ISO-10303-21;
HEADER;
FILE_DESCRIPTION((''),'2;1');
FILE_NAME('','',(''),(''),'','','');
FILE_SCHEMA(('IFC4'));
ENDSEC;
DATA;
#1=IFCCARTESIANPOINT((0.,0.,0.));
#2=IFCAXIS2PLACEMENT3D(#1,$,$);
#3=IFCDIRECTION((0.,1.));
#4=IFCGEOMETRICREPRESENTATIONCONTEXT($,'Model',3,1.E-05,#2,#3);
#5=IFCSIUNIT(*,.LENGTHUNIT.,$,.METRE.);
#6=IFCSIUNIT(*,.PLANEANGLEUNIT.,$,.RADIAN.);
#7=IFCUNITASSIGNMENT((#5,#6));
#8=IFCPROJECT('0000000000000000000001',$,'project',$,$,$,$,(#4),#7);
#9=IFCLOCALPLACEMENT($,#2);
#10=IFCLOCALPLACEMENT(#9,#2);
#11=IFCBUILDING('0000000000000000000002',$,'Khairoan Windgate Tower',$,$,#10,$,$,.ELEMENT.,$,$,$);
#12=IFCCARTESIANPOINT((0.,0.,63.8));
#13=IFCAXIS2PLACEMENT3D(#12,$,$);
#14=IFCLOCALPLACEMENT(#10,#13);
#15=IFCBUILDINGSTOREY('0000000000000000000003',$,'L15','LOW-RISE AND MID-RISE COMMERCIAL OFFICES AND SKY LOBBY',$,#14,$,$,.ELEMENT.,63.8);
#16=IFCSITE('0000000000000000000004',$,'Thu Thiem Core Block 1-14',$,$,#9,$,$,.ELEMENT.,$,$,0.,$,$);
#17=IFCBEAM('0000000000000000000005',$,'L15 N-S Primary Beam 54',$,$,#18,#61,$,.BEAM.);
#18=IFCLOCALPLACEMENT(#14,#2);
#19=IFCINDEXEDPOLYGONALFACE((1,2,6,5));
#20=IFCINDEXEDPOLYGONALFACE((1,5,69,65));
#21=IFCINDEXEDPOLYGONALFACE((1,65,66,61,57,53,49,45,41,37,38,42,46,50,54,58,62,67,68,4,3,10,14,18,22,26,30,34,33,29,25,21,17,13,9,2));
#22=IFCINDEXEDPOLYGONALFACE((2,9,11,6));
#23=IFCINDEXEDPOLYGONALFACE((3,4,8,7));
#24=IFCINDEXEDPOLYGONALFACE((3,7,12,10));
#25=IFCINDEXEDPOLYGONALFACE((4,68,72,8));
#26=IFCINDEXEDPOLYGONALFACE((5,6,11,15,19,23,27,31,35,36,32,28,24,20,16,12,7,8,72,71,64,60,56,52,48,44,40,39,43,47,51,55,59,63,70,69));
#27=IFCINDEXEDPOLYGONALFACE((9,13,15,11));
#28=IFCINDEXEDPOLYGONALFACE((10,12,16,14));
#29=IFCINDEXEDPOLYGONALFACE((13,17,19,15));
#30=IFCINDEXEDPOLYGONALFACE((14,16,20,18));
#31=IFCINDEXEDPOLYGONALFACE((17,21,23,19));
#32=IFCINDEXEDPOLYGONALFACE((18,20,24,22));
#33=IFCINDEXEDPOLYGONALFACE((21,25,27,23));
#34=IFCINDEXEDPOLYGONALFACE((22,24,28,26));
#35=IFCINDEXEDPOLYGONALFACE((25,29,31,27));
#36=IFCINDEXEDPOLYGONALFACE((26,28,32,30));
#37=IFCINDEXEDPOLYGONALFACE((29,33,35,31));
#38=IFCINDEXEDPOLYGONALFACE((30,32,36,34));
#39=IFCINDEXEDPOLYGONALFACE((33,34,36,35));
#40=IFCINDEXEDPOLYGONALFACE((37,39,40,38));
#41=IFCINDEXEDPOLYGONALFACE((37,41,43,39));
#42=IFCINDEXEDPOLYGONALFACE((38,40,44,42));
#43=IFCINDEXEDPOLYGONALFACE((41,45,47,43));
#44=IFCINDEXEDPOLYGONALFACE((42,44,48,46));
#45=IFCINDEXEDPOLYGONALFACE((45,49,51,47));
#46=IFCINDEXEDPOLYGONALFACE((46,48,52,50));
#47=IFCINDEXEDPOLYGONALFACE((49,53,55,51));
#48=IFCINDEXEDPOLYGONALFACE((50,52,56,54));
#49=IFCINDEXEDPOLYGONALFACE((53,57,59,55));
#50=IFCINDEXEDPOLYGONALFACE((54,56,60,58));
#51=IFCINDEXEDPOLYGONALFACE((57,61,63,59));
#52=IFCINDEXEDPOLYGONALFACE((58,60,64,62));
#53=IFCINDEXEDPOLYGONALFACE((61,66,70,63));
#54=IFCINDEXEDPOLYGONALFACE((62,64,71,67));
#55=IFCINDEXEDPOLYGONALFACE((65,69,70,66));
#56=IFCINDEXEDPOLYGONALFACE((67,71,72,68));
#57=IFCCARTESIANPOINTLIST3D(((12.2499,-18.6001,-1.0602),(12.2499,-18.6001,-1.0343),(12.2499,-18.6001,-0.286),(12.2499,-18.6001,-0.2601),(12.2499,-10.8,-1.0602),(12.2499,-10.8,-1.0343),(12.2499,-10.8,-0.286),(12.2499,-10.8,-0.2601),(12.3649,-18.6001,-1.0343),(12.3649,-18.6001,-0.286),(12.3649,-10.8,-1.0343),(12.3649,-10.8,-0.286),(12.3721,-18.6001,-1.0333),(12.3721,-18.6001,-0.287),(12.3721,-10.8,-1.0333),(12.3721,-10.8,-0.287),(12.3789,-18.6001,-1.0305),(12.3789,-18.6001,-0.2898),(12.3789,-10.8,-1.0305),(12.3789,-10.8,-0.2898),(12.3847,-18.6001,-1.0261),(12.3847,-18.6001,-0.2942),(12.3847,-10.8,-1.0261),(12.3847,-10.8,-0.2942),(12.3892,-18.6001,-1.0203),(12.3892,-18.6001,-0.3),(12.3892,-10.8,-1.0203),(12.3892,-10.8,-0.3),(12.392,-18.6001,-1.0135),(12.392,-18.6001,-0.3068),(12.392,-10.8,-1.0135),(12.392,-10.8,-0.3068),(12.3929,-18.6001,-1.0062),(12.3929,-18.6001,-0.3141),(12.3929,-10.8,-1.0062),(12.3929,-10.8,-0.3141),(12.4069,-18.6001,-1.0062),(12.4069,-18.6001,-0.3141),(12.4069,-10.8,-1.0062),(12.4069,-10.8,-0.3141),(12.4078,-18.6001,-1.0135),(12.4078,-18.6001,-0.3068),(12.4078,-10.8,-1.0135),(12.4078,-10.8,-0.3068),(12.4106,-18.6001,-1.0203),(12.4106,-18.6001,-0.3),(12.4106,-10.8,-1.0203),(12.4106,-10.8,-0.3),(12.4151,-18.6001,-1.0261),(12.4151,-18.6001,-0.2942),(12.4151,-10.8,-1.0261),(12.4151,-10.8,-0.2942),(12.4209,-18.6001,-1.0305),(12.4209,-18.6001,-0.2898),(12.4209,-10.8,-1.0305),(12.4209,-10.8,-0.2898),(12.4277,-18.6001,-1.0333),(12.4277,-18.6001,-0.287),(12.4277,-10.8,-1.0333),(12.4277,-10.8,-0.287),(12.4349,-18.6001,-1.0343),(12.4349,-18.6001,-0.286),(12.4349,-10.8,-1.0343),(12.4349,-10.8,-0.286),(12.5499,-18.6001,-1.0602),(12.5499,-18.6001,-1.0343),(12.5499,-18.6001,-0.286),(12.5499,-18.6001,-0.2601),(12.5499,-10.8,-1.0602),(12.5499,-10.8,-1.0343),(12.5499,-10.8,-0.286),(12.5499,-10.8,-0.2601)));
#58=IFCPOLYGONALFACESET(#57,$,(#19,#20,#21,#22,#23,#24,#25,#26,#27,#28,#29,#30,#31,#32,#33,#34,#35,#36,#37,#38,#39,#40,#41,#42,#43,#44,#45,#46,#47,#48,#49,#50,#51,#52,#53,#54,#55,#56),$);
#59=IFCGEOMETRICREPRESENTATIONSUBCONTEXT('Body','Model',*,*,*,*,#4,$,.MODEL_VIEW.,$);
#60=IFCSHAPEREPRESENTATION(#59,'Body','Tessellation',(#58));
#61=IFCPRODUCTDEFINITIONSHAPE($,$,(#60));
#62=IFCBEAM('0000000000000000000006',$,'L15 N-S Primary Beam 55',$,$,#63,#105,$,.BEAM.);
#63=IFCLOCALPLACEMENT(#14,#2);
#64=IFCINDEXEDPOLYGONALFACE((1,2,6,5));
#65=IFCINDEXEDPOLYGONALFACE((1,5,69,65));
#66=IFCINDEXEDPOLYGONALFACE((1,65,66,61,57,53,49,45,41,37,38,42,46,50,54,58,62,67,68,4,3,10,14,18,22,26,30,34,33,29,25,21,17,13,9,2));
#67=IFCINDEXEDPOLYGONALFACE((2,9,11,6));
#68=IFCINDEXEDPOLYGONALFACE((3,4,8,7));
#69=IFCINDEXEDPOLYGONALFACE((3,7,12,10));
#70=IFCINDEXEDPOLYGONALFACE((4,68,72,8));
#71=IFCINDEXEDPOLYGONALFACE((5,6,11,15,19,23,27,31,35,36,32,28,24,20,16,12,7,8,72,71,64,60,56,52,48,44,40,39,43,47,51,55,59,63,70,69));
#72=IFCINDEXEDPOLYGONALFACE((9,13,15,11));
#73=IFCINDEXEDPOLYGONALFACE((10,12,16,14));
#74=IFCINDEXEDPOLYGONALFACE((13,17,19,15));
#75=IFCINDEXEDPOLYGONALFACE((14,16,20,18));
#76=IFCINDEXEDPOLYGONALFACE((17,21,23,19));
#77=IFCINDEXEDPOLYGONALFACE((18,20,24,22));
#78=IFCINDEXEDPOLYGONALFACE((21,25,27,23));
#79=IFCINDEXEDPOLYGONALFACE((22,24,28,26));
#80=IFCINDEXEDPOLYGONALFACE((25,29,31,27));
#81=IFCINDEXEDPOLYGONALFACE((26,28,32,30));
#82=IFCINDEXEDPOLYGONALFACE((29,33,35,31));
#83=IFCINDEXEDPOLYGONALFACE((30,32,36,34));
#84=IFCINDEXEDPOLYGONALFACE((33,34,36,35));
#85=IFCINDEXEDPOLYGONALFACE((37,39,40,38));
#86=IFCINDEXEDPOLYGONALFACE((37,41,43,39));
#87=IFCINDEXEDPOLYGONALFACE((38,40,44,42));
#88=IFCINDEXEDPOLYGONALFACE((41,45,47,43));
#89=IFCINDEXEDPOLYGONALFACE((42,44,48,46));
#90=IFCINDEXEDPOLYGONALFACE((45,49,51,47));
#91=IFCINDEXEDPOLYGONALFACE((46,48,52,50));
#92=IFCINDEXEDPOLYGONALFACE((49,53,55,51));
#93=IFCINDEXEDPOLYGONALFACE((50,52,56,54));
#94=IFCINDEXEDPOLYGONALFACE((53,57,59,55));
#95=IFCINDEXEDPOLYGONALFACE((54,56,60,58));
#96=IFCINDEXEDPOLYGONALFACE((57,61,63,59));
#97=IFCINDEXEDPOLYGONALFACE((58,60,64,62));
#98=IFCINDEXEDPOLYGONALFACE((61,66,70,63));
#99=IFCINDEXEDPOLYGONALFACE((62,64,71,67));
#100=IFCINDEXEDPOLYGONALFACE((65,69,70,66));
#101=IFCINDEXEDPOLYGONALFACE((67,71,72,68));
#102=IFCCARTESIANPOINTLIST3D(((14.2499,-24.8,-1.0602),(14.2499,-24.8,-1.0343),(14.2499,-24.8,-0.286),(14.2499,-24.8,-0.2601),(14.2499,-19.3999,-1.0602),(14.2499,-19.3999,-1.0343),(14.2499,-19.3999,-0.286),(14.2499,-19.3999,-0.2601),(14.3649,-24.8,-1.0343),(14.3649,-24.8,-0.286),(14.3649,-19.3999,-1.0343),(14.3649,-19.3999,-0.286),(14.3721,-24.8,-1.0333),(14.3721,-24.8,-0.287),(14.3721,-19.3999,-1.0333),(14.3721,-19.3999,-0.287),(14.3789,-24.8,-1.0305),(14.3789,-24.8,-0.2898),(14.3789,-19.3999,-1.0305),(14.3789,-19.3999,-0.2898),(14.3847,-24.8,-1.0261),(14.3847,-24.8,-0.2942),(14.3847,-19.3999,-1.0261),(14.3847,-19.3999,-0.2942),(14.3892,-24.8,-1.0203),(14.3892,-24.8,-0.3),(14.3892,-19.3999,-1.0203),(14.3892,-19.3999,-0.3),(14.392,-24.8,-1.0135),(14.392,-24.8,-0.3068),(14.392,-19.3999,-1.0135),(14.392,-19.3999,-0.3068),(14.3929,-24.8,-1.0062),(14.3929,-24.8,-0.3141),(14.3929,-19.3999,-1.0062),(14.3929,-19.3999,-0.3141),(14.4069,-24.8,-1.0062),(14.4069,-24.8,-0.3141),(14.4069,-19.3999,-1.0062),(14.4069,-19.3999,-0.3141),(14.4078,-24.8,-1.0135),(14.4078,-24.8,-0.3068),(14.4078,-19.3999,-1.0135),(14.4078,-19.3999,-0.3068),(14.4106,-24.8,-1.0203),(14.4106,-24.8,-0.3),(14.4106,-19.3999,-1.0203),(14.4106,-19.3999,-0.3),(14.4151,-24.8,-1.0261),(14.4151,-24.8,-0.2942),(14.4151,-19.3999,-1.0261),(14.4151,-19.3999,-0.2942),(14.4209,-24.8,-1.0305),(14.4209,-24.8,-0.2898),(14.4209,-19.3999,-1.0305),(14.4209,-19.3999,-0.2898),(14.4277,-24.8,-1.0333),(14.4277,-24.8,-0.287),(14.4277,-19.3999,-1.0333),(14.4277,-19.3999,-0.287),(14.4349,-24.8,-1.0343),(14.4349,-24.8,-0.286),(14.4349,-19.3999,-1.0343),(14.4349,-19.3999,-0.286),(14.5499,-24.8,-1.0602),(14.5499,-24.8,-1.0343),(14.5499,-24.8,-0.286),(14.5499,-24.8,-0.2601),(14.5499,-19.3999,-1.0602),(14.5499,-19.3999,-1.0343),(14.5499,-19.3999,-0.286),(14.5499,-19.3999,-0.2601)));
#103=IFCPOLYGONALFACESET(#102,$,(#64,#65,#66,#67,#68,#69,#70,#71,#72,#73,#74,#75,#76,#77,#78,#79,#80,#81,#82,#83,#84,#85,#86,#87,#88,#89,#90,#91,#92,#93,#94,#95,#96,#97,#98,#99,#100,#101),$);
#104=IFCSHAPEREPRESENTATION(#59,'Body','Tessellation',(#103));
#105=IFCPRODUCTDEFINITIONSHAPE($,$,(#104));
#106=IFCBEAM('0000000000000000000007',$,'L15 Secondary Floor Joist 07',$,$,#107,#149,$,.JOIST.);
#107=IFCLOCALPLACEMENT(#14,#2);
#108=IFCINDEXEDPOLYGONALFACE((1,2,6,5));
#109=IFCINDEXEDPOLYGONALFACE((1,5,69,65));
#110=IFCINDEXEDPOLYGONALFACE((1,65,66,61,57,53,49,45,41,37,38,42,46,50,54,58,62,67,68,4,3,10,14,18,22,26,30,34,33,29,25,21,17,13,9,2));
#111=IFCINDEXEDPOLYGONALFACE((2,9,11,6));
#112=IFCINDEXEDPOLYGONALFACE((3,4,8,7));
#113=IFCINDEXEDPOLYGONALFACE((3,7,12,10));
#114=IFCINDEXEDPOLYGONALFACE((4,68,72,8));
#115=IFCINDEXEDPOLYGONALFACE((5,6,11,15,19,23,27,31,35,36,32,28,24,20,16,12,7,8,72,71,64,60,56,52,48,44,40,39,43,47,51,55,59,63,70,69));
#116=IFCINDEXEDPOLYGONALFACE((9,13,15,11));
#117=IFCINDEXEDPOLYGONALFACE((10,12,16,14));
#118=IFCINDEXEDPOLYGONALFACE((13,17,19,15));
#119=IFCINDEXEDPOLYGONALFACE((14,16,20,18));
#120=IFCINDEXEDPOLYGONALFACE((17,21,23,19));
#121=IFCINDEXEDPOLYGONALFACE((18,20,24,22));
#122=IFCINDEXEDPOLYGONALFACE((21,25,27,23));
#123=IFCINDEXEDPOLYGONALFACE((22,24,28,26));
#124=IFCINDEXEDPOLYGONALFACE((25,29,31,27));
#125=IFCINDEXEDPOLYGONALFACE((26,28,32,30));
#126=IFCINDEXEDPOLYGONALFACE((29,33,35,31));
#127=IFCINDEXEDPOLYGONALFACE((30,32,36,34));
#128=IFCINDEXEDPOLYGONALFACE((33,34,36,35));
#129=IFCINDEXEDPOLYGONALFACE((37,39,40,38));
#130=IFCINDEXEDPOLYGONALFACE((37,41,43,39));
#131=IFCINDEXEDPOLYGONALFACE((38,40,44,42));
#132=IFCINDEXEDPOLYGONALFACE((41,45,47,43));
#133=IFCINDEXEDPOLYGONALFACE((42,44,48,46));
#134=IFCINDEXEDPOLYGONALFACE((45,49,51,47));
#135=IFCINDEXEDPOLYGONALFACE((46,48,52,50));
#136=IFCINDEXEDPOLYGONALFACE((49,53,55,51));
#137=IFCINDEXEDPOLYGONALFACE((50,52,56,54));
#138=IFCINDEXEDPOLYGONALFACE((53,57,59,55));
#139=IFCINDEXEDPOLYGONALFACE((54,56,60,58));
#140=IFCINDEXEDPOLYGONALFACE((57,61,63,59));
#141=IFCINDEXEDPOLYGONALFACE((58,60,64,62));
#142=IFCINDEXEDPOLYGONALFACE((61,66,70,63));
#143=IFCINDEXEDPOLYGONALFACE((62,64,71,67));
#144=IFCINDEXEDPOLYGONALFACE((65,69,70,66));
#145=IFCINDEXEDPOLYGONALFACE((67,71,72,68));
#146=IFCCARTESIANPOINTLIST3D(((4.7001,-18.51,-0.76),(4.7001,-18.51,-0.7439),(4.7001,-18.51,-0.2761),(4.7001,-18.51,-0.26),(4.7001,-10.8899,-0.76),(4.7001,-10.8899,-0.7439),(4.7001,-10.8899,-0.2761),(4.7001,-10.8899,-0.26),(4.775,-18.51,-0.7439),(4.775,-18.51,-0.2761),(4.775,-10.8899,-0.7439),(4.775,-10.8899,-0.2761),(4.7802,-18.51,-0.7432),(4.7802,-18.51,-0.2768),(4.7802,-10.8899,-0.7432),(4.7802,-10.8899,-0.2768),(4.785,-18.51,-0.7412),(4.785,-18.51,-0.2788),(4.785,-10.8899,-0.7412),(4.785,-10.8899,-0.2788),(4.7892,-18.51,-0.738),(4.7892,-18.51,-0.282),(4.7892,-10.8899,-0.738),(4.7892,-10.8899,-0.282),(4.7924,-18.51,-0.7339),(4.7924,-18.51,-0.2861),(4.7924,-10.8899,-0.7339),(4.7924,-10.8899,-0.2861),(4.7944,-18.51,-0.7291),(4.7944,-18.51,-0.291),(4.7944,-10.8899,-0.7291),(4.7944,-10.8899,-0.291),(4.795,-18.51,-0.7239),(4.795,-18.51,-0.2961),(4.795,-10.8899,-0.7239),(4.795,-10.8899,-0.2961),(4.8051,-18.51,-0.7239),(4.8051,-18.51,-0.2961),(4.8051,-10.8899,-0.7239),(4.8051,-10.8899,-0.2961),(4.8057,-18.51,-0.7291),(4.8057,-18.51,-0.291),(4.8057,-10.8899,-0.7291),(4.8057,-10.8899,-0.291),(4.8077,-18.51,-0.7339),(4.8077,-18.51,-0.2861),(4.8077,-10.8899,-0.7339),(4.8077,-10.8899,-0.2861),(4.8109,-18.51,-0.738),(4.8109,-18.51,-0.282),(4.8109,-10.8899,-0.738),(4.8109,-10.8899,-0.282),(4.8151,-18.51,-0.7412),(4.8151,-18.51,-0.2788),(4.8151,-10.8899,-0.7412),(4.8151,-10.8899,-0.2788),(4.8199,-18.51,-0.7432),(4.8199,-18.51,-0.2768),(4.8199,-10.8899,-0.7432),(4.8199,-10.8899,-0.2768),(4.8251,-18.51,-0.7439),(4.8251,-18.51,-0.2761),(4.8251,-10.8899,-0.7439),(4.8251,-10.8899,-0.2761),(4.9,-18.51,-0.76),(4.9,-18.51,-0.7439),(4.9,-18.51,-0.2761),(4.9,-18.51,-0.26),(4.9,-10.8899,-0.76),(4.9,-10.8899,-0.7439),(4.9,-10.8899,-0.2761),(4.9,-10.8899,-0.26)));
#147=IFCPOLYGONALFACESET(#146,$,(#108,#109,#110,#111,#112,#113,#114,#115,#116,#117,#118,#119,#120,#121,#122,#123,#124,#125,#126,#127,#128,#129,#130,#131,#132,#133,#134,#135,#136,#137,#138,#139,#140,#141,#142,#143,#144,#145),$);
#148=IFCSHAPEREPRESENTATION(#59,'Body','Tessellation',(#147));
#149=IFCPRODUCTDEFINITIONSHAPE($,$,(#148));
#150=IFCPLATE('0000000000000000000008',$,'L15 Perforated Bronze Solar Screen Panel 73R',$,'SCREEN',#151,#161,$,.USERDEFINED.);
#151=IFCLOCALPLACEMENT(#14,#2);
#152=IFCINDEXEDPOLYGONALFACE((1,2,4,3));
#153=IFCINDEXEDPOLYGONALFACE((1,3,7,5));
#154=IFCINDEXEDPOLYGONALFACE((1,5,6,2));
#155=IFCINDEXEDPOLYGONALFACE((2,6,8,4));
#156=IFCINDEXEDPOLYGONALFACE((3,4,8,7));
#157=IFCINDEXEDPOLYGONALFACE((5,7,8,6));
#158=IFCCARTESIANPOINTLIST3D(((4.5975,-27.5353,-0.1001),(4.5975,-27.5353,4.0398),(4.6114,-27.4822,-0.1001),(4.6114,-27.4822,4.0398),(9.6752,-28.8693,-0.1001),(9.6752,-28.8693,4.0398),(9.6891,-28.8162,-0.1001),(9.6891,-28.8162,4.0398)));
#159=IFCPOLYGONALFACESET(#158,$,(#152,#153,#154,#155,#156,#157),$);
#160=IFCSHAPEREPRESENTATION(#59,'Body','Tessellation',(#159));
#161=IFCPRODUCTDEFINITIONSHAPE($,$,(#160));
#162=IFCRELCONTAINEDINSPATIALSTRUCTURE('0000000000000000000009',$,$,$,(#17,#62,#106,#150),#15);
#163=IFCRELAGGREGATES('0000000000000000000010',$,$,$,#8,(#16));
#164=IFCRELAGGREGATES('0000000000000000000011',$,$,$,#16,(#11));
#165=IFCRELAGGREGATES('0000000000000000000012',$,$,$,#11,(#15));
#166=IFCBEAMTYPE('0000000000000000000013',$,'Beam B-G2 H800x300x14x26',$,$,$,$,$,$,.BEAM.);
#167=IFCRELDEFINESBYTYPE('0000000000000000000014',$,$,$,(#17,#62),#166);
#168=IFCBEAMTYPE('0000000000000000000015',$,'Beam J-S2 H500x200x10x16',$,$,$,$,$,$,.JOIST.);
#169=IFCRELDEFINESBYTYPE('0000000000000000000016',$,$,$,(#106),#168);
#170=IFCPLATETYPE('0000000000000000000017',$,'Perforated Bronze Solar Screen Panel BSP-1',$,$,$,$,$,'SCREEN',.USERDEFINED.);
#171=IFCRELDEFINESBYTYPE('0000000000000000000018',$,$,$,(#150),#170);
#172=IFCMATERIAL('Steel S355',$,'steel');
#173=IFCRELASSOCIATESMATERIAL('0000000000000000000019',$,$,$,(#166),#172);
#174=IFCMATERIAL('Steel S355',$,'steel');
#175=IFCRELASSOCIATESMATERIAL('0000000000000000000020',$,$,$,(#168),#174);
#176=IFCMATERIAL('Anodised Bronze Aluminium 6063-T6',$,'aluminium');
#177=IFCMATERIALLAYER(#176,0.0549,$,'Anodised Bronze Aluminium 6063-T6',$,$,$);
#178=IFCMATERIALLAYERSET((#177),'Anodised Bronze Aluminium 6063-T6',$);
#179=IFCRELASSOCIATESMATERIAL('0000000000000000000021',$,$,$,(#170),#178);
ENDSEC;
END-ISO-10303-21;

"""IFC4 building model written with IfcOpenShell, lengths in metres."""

from ifc_helpers import new_model, si_unit, direction, frame, origin, origin_2d, place, context, subcontext, project, spatial, rectangle, i_section, extrude, material, layer, layer_set, material_profile, profile_set, type_object, element, save


model = new_model("IFC4")

# Units and contexts
model_context = context("Model", 3, precision=1e-05, world=origin(), true_north=direction((0.0, 1.0)))
body_context = subcontext(model_context, "Body", "Model", "MODEL_VIEW")
ifc_project = project(units=[si_unit("LENGTHUNIT", "METRE"), si_unit("PLANEANGLEUNIT", "RADIAN")], contexts=[model_context])

# Site, building, storey
site_placement = place(None, origin())
site = spatial("IfcSite", under=ifc_project, at=site_placement, Name="Thu Thiem Core Block 1-14", CompositionType="ELEMENT", RefElevation=0.0)
building_placement = place(site_placement, origin())
building = spatial("IfcBuilding", under=site, at=building_placement, Name="Khairoan Windgate Tower", CompositionType="ELEMENT")
storey_placement = place(building_placement, frame((0.0, 0.0, 63.8)))
storey = spatial("IfcBuildingStorey", under=building, at=storey_placement, Name="L15", Description="LOW-RISE AND MID-RISE COMMERCIAL OFFICES AND SKY LOBBY", CompositionType="ELEMENT", Elevation=63.8)

# Beams
ifc_material_1 = material(Name="Steel S355", Category="steel")
ifc_material_profile_1 = material_profile(ifc_material_1, i_section(OverallWidth=0.3, OverallDepth=0.8, WebThickness=0.0139, FlangeThickness=0.0259, FilletRadius=0.0281, at=origin_2d()))
ifc_profile_set_1 = profile_set([ifc_material_profile_1], Name="Steel S355")
beam_type_1 = type_object("IfcBeamType", Name="Beam B-G2 H800x300x14x26", PredefinedType="BEAM", material=ifc_profile_set_1)
for number, where, z_axis, x_axis, name in (
    (1, (12.3999, -18.6001, -0.6602), (0.0, 1.0, 0.0), (-1.0, 0.0, 0.0), "L15 N-S Primary Beam 54"),
):
    element("IfcBeam", number, at=place(storey_placement, frame(where, z_axis=z_axis, x_axis=x_axis)), inside=storey, type_object=beam_type_1, Name=name, PredefinedType="BEAM", context=body_context, shape_type="SweptSolid", body=[
        extrude(i_section(OverallWidth=0.3, OverallDepth=0.8, WebThickness=0.0139, FlangeThickness=0.0259, FilletRadius=0.0281, at=origin_2d()), origin(), (0.0, 0.0, 1.0), 7.8),
    ])
beam_1_placement = place(storey_placement, frame((14.3999, -24.8, -0.6602), z_axis=(0.0, 1.0, 0.0), x_axis=(-1.0, 0.0, 0.0)))
element("IfcBeam", 2, at=beam_1_placement, inside=storey, type_object=beam_type_1, Name="L15 N-S Primary Beam 55", PredefinedType="BEAM", context=body_context, shape_type="SweptSolid", body=[
    extrude(i_section(OverallWidth=0.3, OverallDepth=0.8, WebThickness=0.0139, FlangeThickness=0.0259, FilletRadius=0.0281, at=origin_2d()), origin(), (0.0, 0.0, 1.0), 5.4001),
])
ifc_material_2 = material(Name="Steel S355", Category="steel")
ifc_material_profile_2 = material_profile(ifc_material_2, i_section(OverallWidth=0.2, OverallDepth=0.5, WebThickness=0.01, FlangeThickness=0.0161, FilletRadius=0.02, at=origin_2d()))
ifc_profile_set_2 = profile_set([ifc_material_profile_2], Name="Steel S355")
beam_type_2 = type_object("IfcBeamType", Name="Beam J-S2 H500x200x10x16", PredefinedType="JOIST", material=ifc_profile_set_2)
beam_2_placement = place(storey_placement, frame((4.8, -18.51, -0.51), z_axis=(0.0, 1.0, 0.0), x_axis=(-1.0, 0.0, 0.0)))
element("IfcBeam", 3, at=beam_2_placement, inside=storey, type_object=beam_type_2, Name="L15 Secondary Floor Joist 07", PredefinedType="JOIST", context=body_context, shape_type="SweptSolid", body=[
    extrude(i_section(OverallWidth=0.2, OverallDepth=0.5, WebThickness=0.01, FlangeThickness=0.0161, FilletRadius=0.02, at=origin_2d()), origin(), (0.0, 0.0, 1.0), 7.6201),
])

# Plate
ifc_material_3 = material(Name="Anodised Bronze Aluminium 6063-T6", Category="aluminium")
ifc_layer_1 = layer(ifc_material_3, 0.0549, Name="Anodised Bronze Aluminium 6063-T6")
ifc_layer_set_1 = layer_set([ifc_layer_1], Name="Anodised Bronze Aluminium 6063-T6")
plate_type = type_object("IfcPlateType", Name="Perforated Bronze Solar Screen Panel BSP-1", ElementType="SCREEN", PredefinedType="USERDEFINED", material=ifc_layer_set_1)
plate_placement = place(storey_placement, frame((7.1433, -28.1758, -0.1001), z_axis=(0.0, 0.0, 1.0), x_axis=(-0.967179, 0.254096, 0.0)))
element("IfcPlate", 4, at=plate_placement, inside=storey, type_object=plate_type, Name="L15 Perforated Bronze Solar Screen Panel 73R", ObjectType="SCREEN", PredefinedType="USERDEFINED", context=body_context, shape_type="SweptSolid", body=[
    extrude(rectangle(XDim=5.25, YDim=0.0549, at=origin_2d()), origin(), (0.0, 0.0, 1.0), 4.1399),
])

save(model, "model.ifc")
